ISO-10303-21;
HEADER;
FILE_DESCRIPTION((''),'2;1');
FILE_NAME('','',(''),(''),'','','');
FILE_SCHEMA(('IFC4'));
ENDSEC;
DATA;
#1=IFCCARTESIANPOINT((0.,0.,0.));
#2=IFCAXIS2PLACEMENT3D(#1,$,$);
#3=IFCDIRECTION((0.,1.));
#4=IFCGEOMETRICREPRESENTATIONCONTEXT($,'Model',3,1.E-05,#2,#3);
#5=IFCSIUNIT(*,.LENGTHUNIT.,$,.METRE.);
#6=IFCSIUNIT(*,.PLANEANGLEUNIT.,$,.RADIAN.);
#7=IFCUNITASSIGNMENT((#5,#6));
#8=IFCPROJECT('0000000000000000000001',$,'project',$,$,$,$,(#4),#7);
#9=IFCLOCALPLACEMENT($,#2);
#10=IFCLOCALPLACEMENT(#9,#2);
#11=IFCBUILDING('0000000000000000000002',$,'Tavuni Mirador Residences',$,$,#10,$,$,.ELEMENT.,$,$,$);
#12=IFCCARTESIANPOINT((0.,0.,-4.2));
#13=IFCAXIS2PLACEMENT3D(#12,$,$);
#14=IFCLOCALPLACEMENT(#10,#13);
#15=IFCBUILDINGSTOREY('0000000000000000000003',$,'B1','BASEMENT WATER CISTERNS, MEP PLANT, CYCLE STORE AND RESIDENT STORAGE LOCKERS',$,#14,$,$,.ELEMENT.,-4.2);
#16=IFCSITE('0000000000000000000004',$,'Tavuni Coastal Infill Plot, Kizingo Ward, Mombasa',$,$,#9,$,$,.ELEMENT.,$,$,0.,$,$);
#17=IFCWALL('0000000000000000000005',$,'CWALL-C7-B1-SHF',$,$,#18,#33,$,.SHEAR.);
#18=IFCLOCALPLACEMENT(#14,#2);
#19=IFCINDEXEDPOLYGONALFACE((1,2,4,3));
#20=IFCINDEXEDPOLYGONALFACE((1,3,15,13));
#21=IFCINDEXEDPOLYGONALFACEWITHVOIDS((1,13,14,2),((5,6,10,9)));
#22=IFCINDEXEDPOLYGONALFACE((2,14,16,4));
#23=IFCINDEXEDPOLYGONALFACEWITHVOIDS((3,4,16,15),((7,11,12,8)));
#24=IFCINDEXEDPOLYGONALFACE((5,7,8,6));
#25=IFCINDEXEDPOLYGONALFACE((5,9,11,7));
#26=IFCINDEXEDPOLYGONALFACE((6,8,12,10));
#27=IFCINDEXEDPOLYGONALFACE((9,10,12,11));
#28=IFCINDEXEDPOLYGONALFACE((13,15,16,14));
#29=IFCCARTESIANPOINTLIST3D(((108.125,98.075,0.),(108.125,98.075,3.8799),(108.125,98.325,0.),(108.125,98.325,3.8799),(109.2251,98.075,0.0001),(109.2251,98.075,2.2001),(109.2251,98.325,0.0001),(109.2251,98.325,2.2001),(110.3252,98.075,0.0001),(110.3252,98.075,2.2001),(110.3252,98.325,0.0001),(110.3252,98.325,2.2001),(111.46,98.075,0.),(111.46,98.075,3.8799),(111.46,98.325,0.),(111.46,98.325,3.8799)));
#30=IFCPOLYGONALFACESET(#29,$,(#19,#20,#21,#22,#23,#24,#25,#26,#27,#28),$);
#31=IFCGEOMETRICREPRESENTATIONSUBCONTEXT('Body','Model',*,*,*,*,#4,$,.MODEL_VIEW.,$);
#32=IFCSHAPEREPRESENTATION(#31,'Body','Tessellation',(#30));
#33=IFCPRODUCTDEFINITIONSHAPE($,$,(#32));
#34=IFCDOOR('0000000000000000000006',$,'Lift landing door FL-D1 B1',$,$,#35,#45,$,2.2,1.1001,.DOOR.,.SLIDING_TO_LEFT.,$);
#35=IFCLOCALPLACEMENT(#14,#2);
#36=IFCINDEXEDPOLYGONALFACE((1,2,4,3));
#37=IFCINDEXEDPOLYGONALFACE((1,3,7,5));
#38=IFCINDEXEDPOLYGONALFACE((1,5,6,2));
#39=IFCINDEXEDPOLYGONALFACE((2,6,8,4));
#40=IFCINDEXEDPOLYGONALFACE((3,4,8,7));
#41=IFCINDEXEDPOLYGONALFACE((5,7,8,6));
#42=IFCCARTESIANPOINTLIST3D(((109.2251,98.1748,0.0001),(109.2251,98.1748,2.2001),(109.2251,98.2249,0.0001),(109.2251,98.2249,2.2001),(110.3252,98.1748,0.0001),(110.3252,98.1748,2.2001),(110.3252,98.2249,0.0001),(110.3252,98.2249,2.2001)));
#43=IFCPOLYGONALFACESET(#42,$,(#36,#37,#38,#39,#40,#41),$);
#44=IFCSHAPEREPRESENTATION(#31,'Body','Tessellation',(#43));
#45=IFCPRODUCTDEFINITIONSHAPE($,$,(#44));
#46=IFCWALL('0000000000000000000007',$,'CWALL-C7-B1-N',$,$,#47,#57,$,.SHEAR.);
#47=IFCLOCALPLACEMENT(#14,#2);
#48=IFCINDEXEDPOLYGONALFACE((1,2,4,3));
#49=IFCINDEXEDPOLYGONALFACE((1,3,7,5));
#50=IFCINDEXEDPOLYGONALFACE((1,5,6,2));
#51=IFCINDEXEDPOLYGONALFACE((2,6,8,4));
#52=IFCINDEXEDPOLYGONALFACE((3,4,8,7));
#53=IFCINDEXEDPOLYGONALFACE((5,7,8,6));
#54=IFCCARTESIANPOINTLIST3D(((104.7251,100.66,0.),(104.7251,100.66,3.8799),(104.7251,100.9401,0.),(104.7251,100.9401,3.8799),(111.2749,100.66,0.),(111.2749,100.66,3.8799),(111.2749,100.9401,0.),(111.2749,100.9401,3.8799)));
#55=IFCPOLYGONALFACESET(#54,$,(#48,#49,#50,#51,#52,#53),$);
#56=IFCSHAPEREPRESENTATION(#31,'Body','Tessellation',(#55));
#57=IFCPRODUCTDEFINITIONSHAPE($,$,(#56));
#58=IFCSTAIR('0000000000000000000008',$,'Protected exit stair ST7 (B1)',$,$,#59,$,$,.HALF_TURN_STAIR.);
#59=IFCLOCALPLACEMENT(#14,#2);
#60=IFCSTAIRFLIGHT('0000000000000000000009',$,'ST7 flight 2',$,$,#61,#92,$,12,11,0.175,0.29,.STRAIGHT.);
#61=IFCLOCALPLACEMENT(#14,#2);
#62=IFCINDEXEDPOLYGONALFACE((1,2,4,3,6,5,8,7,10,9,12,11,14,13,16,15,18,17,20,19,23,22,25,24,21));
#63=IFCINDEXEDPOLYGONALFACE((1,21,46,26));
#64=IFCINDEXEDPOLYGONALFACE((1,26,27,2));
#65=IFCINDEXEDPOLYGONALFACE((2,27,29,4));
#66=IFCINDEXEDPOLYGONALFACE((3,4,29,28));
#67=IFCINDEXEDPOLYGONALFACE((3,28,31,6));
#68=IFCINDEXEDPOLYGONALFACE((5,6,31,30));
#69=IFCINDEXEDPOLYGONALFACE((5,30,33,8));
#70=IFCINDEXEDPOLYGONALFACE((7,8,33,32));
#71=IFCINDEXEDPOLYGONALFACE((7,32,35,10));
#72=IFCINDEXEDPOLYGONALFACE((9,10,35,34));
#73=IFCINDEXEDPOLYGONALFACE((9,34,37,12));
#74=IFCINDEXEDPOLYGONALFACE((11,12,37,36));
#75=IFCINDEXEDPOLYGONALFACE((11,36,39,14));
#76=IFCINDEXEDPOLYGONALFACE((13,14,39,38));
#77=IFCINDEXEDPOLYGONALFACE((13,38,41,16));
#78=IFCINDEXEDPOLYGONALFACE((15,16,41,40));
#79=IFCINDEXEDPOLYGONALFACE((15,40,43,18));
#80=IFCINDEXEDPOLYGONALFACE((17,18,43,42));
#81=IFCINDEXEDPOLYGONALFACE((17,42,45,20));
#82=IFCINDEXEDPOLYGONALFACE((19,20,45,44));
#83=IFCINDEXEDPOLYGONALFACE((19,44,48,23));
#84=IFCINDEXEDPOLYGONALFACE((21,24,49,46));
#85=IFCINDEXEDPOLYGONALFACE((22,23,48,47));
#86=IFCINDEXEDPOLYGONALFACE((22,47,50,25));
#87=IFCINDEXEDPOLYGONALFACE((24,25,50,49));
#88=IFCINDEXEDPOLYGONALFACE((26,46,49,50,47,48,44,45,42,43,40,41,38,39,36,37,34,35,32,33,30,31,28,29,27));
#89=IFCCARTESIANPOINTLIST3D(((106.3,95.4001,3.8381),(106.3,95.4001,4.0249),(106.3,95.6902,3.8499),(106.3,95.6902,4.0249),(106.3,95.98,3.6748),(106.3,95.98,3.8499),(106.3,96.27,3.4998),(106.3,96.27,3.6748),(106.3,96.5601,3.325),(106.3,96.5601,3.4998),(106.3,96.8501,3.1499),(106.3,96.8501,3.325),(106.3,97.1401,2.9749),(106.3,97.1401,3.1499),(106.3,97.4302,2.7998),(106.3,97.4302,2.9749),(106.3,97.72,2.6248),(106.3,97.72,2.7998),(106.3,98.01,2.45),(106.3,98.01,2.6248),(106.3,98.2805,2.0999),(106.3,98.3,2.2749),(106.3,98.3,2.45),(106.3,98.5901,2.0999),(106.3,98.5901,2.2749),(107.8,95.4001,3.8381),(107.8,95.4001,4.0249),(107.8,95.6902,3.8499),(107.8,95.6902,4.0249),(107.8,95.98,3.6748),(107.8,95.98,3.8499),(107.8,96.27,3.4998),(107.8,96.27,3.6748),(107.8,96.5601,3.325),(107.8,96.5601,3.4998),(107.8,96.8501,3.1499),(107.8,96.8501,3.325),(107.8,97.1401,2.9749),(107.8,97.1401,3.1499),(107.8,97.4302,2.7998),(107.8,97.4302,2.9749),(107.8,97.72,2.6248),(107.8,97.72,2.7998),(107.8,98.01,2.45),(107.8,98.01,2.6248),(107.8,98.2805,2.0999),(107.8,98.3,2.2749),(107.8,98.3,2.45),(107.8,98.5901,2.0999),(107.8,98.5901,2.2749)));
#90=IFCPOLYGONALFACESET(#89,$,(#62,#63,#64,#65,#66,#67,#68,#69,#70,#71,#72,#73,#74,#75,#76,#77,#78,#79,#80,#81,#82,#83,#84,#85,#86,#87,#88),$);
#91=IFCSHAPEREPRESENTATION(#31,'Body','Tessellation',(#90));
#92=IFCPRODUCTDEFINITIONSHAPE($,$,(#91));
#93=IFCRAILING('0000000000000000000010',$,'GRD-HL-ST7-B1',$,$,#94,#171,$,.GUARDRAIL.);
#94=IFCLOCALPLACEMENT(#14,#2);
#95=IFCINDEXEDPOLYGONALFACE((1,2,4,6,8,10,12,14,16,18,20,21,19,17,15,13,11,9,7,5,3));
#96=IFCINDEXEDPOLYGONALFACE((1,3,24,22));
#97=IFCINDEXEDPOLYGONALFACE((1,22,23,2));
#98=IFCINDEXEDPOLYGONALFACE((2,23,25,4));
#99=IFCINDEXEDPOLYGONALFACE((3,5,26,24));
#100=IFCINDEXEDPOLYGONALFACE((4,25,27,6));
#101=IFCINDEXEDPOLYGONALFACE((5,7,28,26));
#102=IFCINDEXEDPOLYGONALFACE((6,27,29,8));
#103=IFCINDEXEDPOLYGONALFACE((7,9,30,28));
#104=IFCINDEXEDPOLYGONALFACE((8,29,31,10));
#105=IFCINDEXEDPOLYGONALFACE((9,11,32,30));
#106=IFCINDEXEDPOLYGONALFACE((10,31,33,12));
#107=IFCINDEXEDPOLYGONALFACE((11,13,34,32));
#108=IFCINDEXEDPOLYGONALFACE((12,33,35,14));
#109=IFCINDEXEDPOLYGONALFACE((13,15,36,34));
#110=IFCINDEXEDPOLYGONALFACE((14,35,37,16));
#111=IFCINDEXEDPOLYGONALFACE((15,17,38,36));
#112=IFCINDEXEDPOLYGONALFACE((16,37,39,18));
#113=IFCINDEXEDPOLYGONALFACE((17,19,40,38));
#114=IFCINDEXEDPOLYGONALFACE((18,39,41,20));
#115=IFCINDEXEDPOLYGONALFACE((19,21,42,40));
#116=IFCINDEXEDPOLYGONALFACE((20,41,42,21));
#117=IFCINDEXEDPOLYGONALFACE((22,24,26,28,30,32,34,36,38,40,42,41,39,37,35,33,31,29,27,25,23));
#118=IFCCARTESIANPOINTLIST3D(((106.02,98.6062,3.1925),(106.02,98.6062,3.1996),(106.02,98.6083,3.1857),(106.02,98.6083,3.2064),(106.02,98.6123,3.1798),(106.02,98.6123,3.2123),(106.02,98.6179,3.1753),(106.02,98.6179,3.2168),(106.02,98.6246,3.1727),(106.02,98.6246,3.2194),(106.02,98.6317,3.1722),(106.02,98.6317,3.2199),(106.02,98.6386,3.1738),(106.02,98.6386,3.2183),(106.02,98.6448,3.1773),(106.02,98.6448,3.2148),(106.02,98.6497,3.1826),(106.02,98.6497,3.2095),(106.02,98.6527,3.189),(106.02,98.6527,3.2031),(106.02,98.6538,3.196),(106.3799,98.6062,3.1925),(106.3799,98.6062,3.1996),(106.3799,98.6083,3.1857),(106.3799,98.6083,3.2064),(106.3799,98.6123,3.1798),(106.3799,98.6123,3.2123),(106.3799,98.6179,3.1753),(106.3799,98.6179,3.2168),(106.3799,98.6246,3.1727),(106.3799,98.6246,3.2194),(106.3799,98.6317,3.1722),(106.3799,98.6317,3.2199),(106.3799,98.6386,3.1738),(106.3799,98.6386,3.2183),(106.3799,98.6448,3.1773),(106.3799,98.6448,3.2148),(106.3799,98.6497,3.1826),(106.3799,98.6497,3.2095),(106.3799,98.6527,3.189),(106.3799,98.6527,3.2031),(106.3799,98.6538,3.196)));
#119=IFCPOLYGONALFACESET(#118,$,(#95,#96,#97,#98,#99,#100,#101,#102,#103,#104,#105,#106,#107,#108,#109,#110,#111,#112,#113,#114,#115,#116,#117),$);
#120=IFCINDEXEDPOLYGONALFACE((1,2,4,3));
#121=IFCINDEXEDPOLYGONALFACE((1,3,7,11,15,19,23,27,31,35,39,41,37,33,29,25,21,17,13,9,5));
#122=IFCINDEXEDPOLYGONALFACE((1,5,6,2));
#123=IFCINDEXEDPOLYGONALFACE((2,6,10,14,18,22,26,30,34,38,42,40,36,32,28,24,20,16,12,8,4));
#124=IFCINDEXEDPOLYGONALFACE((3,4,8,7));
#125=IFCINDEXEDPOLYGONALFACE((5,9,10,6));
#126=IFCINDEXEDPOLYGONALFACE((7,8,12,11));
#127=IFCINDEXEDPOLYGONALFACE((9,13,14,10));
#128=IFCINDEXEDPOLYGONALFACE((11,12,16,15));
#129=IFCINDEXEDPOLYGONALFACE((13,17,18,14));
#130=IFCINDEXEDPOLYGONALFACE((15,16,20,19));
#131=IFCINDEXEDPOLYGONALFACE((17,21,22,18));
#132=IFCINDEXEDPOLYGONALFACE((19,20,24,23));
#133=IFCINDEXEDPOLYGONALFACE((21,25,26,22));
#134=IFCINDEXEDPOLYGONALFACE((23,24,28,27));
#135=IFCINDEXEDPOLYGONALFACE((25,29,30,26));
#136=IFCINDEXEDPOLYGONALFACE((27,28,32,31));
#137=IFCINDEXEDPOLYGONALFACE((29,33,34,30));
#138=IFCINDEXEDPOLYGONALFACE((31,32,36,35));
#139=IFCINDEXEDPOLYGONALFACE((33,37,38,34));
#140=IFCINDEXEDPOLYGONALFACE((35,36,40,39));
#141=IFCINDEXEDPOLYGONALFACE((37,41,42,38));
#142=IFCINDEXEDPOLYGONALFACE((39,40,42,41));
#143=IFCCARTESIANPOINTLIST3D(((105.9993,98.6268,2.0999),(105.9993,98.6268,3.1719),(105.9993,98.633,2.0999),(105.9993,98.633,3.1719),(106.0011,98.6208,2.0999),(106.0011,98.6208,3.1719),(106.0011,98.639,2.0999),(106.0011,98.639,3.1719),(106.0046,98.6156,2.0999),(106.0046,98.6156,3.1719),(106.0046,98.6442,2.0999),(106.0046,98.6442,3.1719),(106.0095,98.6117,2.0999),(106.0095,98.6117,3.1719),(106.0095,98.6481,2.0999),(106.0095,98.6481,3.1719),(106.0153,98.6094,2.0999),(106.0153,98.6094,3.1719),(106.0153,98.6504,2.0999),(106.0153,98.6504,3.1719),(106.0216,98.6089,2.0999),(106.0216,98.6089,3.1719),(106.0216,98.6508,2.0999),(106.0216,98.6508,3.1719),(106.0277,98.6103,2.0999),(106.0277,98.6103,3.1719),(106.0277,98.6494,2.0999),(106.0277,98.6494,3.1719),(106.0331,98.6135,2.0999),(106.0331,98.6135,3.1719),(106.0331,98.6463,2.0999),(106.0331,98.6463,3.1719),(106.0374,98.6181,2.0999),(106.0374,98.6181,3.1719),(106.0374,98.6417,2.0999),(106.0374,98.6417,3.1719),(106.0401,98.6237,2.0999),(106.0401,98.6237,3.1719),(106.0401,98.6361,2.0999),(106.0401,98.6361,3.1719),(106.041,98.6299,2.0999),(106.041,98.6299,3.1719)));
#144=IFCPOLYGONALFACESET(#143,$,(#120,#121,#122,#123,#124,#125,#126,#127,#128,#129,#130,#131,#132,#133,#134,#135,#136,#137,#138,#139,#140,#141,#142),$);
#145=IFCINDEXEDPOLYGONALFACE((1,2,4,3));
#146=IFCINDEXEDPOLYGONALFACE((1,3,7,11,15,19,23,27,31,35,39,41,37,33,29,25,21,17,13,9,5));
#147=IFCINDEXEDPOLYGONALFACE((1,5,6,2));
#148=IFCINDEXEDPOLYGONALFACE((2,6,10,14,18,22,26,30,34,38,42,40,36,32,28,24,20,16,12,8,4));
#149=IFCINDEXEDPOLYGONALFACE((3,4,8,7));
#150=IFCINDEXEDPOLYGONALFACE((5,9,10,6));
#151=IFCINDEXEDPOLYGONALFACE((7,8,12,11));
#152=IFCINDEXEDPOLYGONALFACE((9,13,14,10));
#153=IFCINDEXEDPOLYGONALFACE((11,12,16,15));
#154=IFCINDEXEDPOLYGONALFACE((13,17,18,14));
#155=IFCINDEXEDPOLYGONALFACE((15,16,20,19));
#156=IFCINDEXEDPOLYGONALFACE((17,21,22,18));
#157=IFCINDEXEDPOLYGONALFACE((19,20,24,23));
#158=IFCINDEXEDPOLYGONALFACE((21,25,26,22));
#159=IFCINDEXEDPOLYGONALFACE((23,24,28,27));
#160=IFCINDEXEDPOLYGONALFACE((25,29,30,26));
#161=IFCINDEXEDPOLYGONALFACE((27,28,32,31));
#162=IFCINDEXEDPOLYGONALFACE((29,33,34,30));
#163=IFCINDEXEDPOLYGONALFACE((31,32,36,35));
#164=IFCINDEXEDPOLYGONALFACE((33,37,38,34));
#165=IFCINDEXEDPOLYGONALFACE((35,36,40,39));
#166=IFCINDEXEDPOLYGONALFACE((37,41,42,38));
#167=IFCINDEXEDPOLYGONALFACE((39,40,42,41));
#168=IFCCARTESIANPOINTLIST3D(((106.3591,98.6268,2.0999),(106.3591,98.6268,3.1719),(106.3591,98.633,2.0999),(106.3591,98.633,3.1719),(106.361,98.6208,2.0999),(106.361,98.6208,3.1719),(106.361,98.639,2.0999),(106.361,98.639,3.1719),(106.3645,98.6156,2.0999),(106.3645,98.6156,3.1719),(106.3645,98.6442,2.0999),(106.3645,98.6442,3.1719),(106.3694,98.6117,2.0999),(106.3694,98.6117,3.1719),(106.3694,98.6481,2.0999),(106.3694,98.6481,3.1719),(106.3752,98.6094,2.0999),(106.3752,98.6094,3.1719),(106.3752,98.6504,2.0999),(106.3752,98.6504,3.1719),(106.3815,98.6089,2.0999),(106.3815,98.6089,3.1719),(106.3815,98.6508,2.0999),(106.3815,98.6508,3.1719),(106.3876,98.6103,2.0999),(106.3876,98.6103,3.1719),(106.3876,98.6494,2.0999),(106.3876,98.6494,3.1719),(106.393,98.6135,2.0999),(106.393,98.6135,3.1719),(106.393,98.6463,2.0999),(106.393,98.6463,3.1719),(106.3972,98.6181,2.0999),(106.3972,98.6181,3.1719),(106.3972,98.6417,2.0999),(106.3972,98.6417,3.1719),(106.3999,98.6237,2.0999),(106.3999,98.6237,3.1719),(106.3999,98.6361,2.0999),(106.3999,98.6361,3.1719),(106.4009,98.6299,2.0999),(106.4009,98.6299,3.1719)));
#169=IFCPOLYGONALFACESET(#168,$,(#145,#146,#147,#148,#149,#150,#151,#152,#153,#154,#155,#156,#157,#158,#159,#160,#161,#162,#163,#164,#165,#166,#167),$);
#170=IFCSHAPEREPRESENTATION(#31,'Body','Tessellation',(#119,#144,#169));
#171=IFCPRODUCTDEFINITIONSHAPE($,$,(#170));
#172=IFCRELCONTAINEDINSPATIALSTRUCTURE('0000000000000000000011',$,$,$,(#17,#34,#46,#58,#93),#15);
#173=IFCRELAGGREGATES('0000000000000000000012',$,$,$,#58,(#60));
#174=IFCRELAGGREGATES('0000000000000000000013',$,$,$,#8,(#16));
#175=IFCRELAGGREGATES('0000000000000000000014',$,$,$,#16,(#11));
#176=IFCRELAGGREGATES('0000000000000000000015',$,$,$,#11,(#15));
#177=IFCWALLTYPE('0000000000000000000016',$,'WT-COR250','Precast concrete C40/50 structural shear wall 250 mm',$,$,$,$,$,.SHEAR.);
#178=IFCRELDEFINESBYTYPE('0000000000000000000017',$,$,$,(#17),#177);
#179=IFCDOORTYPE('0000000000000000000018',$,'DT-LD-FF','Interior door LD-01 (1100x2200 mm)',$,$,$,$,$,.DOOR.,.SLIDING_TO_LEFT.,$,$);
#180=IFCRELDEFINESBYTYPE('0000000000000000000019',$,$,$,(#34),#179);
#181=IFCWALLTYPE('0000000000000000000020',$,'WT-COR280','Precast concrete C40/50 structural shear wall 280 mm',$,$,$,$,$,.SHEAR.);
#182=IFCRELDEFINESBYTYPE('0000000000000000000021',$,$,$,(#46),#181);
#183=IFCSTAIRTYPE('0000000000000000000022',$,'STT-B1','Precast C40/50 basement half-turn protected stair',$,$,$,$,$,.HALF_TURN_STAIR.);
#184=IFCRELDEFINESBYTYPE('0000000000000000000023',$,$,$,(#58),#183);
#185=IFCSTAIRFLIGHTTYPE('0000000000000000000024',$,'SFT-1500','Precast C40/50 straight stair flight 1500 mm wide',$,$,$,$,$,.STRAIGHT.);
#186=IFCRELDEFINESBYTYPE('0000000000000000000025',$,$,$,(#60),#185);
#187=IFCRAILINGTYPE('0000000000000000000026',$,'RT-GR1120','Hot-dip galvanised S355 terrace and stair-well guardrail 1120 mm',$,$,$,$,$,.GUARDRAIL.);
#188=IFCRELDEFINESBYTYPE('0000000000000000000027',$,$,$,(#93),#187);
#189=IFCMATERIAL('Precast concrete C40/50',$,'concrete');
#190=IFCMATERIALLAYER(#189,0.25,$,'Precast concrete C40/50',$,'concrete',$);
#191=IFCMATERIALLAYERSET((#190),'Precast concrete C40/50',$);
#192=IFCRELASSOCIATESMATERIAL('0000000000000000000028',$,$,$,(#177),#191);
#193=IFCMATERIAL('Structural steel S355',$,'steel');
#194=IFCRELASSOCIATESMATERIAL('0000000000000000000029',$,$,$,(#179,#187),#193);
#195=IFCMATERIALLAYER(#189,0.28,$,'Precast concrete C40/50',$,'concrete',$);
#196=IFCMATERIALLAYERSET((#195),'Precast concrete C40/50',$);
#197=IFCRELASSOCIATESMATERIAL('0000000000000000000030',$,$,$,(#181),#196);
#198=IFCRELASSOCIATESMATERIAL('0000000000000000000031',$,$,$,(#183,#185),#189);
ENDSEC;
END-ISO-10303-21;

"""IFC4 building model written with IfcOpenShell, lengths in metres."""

from ifc_helpers import new_model, si_unit, direction, frame, frame_2d, origin, origin_2d, place, context, subcontext, project, spatial, polyline, rectangle, circle, outline, extrude, material, layer, layer_set, type_object, element, fill, aggregate, save


model = new_model("IFC4")

# Units and contexts
model_context = context("Model", 3, precision=1e-05, world=origin(), true_north=direction((0.0, 1.0)))
body_context = subcontext(model_context, "Body", "Model", "MODEL_VIEW")
ifc_project = project(units=[si_unit("LENGTHUNIT", "METRE"), si_unit("PLANEANGLEUNIT", "RADIAN")], contexts=[model_context])

# Site, building, storey
site_placement = place(None, origin())
site = spatial("IfcSite", under=ifc_project, at=site_placement, Name="Tavuni Coastal Infill Plot, Kizingo Ward, Mombasa", CompositionType="ELEMENT", RefElevation=0.0)
building_placement = place(site_placement, origin())
building = spatial("IfcBuilding", under=site, at=building_placement, Name="Tavuni Mirador Residences", CompositionType="ELEMENT")
storey_placement = place(building_placement, frame((0.0, 0.0, -4.2)))
storey = spatial("IfcBuildingStorey", under=building, at=storey_placement, Name="B1", Description="BASEMENT WATER CISTERNS, MEP PLANT, CYCLE STORE AND RESIDENT STORAGE LOCKERS", CompositionType="ELEMENT", Elevation=-4.2)

# Shared definitions
ifc_material_1 = material(Name="Precast concrete C40/50", Category="concrete")

# Wall, opening, door
ifc_layer_1 = layer(ifc_material_1, 0.25, Name="Precast concrete C40/50", Category="concrete")
ifc_layer_set_1 = layer_set([ifc_layer_1], Name="Precast concrete C40/50")
wall_type_1 = type_object("IfcWallType", Name="WT-COR250", Description="Precast concrete C40/50 structural shear wall 250 mm", PredefinedType="SHEAR", material=ifc_layer_set_1)
wall_1_placement = place(storey_placement, frame((108.125, 98.2, 0.0), z_axis=(0.0, 0.0, 1.0), x_axis=(1.0, 0.0, 0.0)))
wall_1 = element("IfcWall", 1, at=wall_1_placement, inside=storey, type_object=wall_type_1, Name="CWALL-C7-B1-SHF", PredefinedType="SHEAR", context=body_context, shape_type="SweptSolid", body=[
    extrude(rectangle(XDim=3.335, YDim=0.25, at=frame_2d((1.6675, 0.0))), origin(), (0.0, 0.0, 1.0), 3.8799),
])
opening_1_placement = place(wall_1_placement, frame((1.1001, 0.0, 0.0)))
opening_1 = element("IfcOpeningElement", 2, at=opening_1_placement, cuts=wall_1, PredefinedType="OPENING", context=body_context, shape_type="SweptSolid", body=[
    extrude(rectangle(XDim=1.1001, YDim=2.2, at=frame_2d((0.55, 1.1001))), frame((0.0, 0.135, 0.0), z_axis=(0.0, -1.0, 0.0), x_axis=(1.0, 0.0, 0.0)), (0.0, 0.0, 1.0), 0.27),
])
ifc_material_2 = material(Name="Structural steel S355", Category="steel")
door_type_1 = type_object("IfcDoorType", Name="DT-LD-FF", Description="Interior door LD-01 (1100x2200 mm)", OperationType="SLIDING_TO_LEFT", PredefinedType="DOOR", material=ifc_material_2)
door_1_placement = place(opening_1_placement, origin())
door_1 = element("IfcDoor", 3, at=door_1_placement, inside=storey, type_object=door_type_1, Name="Lift landing door FL-D1 B1", OperationType="SLIDING_TO_LEFT", OverallHeight=2.2, OverallWidth=1.1001, PredefinedType="DOOR", context=body_context, shape_type="SweptSolid", body=[
    extrude(rectangle(XDim=1.1001, YDim=2.2, at=frame_2d((0.55, 1.1001))), frame((0.0, 0.0249, 0.0), z_axis=(0.0, -1.0, 0.0), x_axis=(1.0, 0.0, 0.0)), (0.0, 0.0, 1.0), 0.05),
])
fill(opening_1, door_1)

# Wall
ifc_layer_2 = layer(ifc_material_1, 0.28, Name="Precast concrete C40/50", Category="concrete")
ifc_layer_set_2 = layer_set([ifc_layer_2], Name="Precast concrete C40/50")
wall_type_2 = type_object("IfcWallType", Name="WT-COR280", Description="Precast concrete C40/50 structural shear wall 280 mm", PredefinedType="SHEAR", material=ifc_layer_set_2)
wall_2_placement = place(storey_placement, frame((104.7251, 100.8, 0.0), z_axis=(0.0, 0.0, 1.0), x_axis=(1.0, 0.0, 0.0)))
element("IfcWall", 4, at=wall_2_placement, inside=storey, type_object=wall_type_2, Name="CWALL-C7-B1-N", PredefinedType="SHEAR", context=body_context, shape_type="SweptSolid", body=[
    extrude(rectangle(XDim=6.5498, YDim=0.28, at=frame_2d((3.2749, 0.0))), origin(), (0.0, 0.0, 1.0), 3.8799),
])

# Stair, stair flight
stair_type = type_object("IfcStairType", Name="STT-B1", Description="Precast C40/50 basement half-turn protected stair", PredefinedType="HALF_TURN_STAIR", material=ifc_material_1)
stair_placement = place(storey_placement, origin())
stair = element("IfcStair", 5, at=stair_placement, inside=storey, type_object=stair_type, Name="Protected exit stair ST7 (B1)", PredefinedType="HALF_TURN_STAIR")
stair_flight_type = type_object("IfcStairFlightType", Name="SFT-1500", Description="Precast C40/50 straight stair flight 1500 mm wide", PredefinedType="STRAIGHT", material=ifc_material_1)
stair_flight_placement = place(storey_placement, frame((107.05, 98.5901, 2.0999), z_axis=(0.0, 0.0, 1.0), x_axis=(0.0, -1.0, 0.0)))
stair_flight = element("IfcStairFlight", 6, at=stair_flight_placement, type_object=stair_flight_type, Name="ST7 flight 2", NumberOfRisers=12, NumberOfTreads=11, PredefinedType="STRAIGHT", RiserHeight=0.175, TreadLength=0.29, context=body_context, shape_type="SweptSolid", body=[
    extrude(outline(polyline([(0.0, 0.0), (0.0, 0.175), (0.29, 0.175), (0.29, 0.3501), (0.5801, 0.3501), (0.5801, 0.5249), (0.8701, 0.5249), (0.8701, 0.7), (1.1599, 0.7), (1.1599, 0.875), (1.45, 0.875), (1.45, 1.05), (1.74, 1.05), (1.74, 1.2251), (2.03, 1.2251), (2.03, 1.3999), (2.3201, 1.3999), (2.3201, 1.575), (2.6101, 1.575), (2.6101, 1.75), (2.8999, 1.75), (2.8999, 1.925), (3.1899, 1.925), (3.1899, 2.1001), (3.1899, 1.7383), (0.3096, 0.0), (0.0, 0.0)])), frame((0.0, 0.75, 0.0), z_axis=(0.0, -1.0, 0.0), x_axis=(1.0, 0.0, 0.0)), (0.0, 0.0, 1.0), 1.5),
])
aggregate(stair, [stair_flight])

# Railing
railing_type_1 = type_object("IfcRailingType", Name="RT-GR1120", Description="Hot-dip galvanised S355 terrace and stair-well guardrail 1120 mm", PredefinedType="GUARDRAIL", material=ifc_material_2)
railing_1_placement = place(storey_placement, frame((106.02, 98.6299, 2.0999)))
element("IfcRailing", 7, at=railing_1_placement, inside=storey, type_object=railing_type_1, Name="GRD-HL-ST7-B1", PredefinedType="GUARDRAIL", context=body_context, shape_type="SweptSolid", body=[
    extrude(circle(Radius=0.0239, at=origin_2d()), frame((0.0, 0.0, 1.0962), z_axis=(1.0, 0.0, 0.0), x_axis=(0.0, 1.0, 0.0)), (0.0, 0.0, 1.0), 0.3599),
    extrude(circle(Radius=0.021, at=origin_2d()), origin(), (0.0, 0.0, 1.0), 1.072),
    extrude(circle(Radius=0.021, at=origin_2d()), frame((0.3599, 0.0, 0.0)), (0.0, 0.0, 1.0), 1.072),
])

save(model, "model.ifc")
